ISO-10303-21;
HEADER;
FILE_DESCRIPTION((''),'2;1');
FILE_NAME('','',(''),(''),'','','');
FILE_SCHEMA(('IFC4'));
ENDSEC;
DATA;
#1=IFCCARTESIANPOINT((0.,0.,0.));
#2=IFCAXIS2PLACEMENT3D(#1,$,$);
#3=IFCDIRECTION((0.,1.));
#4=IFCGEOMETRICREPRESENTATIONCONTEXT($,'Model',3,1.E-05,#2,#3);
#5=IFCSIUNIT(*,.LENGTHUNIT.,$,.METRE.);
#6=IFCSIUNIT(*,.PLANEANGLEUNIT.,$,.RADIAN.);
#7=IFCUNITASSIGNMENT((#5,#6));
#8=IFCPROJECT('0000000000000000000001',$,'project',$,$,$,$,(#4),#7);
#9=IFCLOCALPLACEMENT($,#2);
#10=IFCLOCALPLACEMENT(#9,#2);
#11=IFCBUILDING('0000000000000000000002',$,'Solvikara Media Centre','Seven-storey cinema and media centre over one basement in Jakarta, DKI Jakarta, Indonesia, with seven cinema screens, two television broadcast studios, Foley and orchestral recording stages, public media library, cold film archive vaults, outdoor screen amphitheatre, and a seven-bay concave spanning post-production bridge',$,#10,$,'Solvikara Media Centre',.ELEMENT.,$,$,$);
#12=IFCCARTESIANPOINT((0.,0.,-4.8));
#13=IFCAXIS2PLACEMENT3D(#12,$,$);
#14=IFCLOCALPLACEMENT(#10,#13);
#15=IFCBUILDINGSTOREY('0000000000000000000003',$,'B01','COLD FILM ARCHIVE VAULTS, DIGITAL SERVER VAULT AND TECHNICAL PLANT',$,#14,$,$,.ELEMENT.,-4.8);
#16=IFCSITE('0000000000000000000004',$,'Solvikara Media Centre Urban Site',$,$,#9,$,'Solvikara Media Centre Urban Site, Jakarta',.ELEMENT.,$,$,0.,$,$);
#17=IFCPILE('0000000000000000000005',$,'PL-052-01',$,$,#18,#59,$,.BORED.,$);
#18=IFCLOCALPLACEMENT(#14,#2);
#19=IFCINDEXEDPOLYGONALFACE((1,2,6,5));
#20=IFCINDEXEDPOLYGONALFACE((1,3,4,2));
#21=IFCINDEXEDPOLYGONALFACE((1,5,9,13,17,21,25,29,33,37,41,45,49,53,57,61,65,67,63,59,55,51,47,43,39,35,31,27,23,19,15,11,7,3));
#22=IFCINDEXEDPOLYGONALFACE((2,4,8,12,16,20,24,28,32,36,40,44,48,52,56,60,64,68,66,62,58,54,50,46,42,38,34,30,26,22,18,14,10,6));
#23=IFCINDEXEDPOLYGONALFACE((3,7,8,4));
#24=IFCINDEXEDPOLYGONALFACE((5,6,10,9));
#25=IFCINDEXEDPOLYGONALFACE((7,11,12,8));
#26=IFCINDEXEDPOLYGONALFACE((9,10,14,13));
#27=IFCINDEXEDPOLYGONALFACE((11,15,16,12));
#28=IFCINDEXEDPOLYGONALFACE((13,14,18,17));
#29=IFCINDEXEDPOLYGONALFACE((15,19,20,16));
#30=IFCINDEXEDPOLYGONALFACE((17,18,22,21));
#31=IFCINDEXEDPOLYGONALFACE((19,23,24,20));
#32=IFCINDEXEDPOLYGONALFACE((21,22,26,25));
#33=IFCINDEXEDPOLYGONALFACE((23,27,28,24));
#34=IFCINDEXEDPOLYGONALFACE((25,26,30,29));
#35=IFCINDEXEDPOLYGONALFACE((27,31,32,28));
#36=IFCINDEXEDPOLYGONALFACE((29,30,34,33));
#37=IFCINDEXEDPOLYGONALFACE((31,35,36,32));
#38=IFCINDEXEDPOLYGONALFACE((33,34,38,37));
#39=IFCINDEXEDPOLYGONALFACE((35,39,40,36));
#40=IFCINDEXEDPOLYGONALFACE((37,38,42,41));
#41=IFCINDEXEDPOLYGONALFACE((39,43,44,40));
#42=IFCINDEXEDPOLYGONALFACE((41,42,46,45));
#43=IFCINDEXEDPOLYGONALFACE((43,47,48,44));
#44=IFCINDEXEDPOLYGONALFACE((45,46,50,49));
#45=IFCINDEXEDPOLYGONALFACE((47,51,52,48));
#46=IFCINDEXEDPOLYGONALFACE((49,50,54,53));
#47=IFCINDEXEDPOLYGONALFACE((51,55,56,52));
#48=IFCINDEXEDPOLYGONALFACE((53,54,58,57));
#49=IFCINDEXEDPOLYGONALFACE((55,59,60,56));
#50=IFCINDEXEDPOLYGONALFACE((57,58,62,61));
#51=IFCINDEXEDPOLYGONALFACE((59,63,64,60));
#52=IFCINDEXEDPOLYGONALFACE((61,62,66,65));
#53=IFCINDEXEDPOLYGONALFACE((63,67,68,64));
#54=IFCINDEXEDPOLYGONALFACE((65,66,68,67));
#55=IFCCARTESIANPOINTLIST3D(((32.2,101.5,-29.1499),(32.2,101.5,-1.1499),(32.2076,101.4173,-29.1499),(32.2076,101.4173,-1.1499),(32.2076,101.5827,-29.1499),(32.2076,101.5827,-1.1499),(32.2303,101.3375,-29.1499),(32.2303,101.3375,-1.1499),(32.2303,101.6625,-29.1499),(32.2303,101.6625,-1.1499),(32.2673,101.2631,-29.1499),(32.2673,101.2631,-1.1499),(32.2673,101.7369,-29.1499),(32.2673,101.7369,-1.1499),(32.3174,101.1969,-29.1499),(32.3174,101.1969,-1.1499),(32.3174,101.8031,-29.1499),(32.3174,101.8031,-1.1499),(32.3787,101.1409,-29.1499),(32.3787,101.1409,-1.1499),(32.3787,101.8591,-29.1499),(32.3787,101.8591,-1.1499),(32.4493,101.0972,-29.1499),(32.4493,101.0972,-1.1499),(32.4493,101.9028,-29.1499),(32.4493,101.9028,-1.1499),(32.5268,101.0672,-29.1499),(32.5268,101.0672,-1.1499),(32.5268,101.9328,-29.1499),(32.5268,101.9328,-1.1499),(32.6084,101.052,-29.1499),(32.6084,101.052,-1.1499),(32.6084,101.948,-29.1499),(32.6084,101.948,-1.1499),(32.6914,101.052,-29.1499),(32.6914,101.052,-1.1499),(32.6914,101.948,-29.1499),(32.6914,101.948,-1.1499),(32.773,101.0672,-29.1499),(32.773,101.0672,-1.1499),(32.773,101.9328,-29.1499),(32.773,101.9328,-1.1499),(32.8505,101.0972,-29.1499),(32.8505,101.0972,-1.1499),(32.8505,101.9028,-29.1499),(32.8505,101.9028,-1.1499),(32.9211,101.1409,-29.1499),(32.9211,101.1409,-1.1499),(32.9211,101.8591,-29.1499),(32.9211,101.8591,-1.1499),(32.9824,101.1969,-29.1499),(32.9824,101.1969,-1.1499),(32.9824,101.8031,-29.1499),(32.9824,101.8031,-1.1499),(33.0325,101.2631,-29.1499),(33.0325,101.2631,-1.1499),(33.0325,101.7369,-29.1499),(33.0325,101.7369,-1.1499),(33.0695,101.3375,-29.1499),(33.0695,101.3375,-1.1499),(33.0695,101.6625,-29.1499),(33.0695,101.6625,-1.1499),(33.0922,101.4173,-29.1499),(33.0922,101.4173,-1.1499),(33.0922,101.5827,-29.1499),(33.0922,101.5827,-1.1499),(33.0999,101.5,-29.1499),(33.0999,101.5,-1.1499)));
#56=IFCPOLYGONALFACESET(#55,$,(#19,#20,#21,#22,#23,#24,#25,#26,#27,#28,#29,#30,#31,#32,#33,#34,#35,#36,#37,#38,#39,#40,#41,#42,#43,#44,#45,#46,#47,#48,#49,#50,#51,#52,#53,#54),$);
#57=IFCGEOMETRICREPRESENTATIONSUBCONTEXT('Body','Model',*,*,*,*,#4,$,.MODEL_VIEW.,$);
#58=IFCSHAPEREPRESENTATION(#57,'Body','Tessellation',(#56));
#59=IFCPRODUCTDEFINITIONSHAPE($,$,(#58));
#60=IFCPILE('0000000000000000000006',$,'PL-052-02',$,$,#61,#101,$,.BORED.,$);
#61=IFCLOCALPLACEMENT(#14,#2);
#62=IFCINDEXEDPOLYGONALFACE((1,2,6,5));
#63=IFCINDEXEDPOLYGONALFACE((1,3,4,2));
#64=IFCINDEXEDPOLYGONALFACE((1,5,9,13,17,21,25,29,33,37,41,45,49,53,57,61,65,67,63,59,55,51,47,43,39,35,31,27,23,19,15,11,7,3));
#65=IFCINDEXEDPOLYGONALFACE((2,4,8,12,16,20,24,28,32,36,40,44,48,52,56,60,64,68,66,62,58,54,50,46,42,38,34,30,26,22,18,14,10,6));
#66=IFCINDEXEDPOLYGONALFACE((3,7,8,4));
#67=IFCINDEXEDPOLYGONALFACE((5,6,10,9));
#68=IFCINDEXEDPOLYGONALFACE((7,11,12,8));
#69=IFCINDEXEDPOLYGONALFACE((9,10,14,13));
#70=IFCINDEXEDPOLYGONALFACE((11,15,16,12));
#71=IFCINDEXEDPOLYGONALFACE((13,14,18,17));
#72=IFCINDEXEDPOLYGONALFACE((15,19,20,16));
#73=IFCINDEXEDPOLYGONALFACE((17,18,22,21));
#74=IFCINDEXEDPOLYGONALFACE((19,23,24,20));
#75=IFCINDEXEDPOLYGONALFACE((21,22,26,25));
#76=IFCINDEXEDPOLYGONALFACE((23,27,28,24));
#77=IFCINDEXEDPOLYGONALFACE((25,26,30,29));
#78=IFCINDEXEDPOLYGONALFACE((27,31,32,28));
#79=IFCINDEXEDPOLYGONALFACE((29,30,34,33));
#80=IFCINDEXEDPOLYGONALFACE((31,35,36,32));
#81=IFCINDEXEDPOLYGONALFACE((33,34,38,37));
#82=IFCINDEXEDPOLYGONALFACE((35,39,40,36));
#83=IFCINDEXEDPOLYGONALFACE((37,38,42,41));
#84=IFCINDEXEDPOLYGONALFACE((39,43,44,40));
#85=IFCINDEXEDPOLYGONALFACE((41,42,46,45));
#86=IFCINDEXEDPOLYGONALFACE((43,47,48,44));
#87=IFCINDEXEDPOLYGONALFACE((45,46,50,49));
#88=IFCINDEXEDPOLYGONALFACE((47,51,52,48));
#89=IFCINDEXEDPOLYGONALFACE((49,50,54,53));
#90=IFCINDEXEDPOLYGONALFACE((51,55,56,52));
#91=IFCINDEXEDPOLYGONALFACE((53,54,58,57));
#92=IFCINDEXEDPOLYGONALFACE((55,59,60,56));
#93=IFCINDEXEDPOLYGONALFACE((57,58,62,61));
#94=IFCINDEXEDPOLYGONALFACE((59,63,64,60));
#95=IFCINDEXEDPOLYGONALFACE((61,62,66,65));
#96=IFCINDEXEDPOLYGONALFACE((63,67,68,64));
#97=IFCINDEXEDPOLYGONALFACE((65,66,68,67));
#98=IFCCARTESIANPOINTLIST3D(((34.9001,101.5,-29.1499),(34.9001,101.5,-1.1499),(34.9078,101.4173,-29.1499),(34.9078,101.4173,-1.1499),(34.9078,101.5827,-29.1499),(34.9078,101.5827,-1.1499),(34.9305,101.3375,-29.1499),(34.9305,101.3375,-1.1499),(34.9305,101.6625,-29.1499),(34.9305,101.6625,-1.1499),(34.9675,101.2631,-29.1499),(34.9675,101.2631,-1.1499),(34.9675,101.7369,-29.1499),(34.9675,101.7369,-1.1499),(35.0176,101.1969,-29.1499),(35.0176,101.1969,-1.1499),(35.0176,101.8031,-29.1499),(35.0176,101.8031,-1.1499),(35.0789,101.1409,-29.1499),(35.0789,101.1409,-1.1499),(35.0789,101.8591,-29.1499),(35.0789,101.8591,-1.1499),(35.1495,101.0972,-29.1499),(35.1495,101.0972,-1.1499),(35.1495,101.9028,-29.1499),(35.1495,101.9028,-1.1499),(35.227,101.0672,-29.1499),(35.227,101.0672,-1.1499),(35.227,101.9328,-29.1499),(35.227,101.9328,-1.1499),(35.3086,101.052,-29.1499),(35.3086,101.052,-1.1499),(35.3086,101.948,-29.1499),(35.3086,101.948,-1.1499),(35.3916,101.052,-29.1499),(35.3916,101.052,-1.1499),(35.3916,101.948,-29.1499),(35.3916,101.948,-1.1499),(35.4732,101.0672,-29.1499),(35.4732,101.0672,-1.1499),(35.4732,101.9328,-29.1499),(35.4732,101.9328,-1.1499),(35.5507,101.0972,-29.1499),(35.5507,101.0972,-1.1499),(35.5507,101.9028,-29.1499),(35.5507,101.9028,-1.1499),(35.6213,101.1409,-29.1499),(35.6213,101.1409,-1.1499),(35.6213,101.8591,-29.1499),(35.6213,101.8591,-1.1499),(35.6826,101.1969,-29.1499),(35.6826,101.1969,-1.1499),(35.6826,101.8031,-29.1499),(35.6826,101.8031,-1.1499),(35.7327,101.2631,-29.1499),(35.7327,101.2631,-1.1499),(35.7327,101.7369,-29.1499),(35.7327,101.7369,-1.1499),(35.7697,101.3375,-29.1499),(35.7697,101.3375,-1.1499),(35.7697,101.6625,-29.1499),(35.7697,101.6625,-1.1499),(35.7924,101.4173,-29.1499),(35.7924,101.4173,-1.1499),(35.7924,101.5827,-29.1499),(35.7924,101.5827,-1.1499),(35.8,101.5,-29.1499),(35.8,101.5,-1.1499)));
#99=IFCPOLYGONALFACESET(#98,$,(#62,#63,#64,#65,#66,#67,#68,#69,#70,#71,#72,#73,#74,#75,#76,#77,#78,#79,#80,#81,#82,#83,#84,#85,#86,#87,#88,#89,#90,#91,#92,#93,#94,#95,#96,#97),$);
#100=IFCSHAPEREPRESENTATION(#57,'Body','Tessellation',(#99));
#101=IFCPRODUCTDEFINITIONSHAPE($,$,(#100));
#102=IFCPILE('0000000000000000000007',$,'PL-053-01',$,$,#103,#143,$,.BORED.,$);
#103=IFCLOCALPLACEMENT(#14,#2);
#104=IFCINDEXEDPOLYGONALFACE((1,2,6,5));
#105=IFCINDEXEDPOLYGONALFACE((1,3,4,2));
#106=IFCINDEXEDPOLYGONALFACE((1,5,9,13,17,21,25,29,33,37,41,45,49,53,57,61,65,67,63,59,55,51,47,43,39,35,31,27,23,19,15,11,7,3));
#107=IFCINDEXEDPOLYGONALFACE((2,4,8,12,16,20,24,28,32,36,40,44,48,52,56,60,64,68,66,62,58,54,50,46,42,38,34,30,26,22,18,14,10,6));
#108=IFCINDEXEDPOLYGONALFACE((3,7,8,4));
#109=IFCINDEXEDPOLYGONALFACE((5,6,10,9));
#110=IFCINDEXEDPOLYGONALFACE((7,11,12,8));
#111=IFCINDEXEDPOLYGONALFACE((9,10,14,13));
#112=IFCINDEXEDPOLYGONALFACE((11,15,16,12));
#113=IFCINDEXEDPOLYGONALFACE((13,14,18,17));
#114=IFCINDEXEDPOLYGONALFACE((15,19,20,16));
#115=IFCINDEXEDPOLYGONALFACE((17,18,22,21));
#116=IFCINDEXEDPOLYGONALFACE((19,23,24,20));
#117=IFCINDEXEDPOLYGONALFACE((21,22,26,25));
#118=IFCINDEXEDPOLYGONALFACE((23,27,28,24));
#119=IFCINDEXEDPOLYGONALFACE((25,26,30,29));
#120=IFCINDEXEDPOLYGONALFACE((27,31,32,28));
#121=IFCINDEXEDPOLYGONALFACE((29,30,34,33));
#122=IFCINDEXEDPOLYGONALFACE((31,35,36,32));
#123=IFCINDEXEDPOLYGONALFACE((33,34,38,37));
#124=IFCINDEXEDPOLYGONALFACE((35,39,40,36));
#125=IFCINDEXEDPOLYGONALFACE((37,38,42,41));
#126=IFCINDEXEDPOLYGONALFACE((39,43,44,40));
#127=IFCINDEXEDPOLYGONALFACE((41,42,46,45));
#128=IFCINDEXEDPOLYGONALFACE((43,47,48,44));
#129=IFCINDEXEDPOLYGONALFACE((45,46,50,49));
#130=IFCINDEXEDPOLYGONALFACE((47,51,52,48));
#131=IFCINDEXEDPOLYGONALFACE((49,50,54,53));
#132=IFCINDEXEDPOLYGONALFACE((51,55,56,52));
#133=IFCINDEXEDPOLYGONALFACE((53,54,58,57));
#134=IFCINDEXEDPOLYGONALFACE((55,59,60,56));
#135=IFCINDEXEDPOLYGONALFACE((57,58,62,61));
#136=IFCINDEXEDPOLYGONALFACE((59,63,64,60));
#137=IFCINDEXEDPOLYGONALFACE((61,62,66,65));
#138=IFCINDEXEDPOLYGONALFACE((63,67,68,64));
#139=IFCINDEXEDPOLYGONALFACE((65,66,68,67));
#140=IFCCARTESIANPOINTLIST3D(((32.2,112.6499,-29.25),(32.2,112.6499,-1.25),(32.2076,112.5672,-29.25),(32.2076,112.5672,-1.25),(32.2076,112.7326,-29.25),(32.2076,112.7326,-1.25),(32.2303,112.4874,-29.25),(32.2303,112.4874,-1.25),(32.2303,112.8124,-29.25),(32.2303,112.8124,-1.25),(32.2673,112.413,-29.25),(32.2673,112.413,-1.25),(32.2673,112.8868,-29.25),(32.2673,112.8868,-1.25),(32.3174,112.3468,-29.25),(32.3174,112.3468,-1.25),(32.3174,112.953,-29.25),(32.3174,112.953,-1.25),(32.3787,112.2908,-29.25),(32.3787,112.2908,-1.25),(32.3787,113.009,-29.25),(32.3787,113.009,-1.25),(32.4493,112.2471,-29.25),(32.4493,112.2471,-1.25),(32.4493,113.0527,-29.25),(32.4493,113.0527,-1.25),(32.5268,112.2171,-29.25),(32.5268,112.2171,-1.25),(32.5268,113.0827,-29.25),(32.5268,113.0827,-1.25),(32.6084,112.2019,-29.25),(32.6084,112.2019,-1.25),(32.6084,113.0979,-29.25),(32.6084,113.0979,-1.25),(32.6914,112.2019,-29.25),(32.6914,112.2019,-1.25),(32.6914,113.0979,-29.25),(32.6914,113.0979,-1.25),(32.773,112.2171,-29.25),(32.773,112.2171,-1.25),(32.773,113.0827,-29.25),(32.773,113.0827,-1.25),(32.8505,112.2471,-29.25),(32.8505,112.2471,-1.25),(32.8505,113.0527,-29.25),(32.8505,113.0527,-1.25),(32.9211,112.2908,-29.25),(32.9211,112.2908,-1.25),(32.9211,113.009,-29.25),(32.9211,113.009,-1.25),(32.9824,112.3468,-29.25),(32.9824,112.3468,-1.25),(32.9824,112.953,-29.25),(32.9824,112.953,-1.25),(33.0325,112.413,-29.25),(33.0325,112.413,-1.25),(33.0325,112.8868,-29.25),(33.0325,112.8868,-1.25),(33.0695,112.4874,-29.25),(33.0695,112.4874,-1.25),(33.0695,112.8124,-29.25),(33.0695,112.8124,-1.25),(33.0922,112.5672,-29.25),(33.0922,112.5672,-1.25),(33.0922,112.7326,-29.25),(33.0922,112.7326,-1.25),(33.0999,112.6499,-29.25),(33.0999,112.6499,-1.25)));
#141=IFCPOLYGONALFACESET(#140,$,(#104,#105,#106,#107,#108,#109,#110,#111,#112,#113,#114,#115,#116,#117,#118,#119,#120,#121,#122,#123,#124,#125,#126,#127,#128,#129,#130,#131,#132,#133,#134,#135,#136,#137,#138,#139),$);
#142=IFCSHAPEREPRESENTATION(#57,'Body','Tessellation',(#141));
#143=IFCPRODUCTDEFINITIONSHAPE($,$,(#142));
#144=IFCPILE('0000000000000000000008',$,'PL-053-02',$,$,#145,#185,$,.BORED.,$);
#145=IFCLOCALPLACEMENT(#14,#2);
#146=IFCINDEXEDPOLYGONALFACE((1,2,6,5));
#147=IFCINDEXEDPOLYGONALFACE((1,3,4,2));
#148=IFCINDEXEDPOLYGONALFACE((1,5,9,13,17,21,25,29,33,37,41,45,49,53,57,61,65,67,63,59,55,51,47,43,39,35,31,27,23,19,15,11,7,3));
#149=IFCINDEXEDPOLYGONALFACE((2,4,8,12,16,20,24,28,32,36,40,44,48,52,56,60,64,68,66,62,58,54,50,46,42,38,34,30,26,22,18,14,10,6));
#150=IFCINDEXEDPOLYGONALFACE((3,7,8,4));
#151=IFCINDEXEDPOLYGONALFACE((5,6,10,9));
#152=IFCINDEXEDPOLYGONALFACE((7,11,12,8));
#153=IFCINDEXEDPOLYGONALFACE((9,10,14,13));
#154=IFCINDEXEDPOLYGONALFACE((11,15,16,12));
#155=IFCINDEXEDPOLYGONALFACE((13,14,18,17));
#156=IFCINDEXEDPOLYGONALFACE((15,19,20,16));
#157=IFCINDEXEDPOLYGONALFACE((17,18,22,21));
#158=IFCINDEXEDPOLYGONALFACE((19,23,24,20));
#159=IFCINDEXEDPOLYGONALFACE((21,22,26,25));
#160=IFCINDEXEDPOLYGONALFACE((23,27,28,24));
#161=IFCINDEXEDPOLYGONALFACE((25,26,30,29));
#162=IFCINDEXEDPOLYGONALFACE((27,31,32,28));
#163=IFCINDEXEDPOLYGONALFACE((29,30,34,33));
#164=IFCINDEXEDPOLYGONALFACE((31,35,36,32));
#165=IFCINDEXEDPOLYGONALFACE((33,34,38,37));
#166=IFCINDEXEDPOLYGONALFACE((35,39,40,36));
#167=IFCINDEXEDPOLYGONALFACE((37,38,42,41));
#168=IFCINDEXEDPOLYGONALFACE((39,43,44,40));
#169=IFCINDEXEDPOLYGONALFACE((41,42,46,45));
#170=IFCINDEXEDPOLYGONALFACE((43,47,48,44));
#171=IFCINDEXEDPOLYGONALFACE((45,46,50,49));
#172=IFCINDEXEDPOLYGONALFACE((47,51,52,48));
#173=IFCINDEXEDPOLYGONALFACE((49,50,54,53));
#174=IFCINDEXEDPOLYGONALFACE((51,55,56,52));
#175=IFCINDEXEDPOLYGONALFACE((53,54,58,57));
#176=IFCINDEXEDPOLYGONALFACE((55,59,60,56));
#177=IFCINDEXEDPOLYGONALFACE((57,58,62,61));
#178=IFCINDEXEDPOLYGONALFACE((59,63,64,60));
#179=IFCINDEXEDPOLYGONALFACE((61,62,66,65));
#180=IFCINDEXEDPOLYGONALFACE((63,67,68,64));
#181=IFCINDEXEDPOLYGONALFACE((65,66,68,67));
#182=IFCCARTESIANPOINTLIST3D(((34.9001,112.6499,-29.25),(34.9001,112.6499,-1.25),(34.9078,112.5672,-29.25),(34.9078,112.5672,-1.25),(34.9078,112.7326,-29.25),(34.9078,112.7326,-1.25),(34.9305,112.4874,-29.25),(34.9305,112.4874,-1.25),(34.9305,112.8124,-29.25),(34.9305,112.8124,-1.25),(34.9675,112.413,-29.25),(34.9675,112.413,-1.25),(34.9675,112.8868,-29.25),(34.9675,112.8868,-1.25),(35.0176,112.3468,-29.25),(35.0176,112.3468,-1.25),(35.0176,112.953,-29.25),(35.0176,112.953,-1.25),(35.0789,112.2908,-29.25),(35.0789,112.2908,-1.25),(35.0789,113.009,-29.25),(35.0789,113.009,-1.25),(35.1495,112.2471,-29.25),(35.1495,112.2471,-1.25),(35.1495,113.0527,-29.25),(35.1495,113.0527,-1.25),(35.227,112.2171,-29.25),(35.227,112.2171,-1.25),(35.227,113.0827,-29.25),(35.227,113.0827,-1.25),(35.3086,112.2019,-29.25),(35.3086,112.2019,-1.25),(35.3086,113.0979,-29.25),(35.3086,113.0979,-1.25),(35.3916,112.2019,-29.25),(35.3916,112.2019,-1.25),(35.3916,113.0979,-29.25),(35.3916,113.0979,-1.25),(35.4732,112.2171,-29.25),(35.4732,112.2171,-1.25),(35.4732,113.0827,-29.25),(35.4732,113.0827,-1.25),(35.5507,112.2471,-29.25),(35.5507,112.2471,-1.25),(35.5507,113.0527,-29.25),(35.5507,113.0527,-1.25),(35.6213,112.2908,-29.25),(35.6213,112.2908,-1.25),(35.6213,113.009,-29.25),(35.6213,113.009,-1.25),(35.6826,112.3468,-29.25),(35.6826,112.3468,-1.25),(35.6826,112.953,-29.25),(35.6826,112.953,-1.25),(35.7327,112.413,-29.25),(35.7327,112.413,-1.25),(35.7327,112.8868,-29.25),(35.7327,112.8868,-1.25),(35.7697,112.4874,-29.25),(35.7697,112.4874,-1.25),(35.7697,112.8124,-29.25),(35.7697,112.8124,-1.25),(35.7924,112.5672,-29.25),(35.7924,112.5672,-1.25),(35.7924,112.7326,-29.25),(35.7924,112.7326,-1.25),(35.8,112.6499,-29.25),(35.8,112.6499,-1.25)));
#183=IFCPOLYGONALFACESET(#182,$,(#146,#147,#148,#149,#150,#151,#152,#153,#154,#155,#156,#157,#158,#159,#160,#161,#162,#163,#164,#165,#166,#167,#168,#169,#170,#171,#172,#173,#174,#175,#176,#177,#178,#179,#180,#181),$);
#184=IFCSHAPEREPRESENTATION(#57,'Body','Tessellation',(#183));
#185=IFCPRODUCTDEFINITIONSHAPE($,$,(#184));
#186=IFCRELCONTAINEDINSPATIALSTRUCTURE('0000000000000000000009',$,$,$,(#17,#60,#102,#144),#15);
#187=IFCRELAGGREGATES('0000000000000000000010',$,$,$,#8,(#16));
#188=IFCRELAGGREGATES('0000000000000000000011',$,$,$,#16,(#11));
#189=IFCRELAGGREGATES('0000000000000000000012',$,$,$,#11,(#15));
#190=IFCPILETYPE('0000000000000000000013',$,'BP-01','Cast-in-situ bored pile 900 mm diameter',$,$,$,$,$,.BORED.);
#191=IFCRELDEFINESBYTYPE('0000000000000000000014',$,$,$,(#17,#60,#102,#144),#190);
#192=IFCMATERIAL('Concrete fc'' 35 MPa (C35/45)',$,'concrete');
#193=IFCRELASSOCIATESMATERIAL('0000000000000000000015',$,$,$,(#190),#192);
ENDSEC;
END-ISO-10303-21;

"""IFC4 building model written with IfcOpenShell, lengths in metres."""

from ifc_helpers import new_model, si_unit, direction, frame, origin, origin_2d, place, context, subcontext, project, spatial, circle, extrude, material, material_profile, profile_set, type_object, element, save


model = new_model("IFC4")

# Units and contexts
model_context = context("Model", 3, precision=1e-05, world=origin(), true_north=direction((0.0, 1.0)))
body_context = subcontext(model_context, "Body", "Model", "MODEL_VIEW")
ifc_project = project(units=[si_unit("LENGTHUNIT", "METRE"), si_unit("PLANEANGLEUNIT", "RADIAN")], contexts=[model_context])

# Site, building, storey
site_placement = place(None, origin())
site = spatial("IfcSite", under=ifc_project, at=site_placement, Name="Solvikara Media Centre Urban Site", LongName="Solvikara Media Centre Urban Site, Jakarta", CompositionType="ELEMENT", RefElevation=0.0)
building_placement = place(site_placement, origin())
building = spatial("IfcBuilding", under=site, at=building_placement, Name="Solvikara Media Centre", Description="Seven-storey cinema and media centre over one basement in Jakarta, DKI Jakarta, Indonesia, with seven cinema screens, two television broadcast studios, Foley and orchestral recording stages, public media library, cold film archive vaults, outdoor screen amphitheatre, and a seven-bay concave spanning post-production bridge", LongName="Solvikara Media Centre", CompositionType="ELEMENT")
storey_placement = place(building_placement, frame((0.0, 0.0, -4.8)))
storey = spatial("IfcBuildingStorey", under=building, at=storey_placement, Name="B01", Description="COLD FILM ARCHIVE VAULTS, DIGITAL SERVER VAULT AND TECHNICAL PLANT", CompositionType="ELEMENT", Elevation=-4.8)

# Piles
ifc_material_1 = material(Name="Concrete fc' 35 MPa (C35/45)", Category="concrete")
ifc_material_profile_1 = material_profile(ifc_material_1, circle(Radius=0.45, at=origin_2d()), Name="BORED PILE D900")
ifc_profile_set_1 = profile_set([ifc_material_profile_1], Name="Concrete fc' 35 MPa (C35/45)")
pile_type = type_object("IfcPileType", Name="BP-01", Description="Cast-in-situ bored pile 900 mm diameter", PredefinedType="BORED", material=ifc_profile_set_1)
for number, where, z_axis, x_axis, name in (
    (1, (32.6499, 101.5, -1.1499), (0.0, 0.0, -1.0), (1.0, 0.0, 0.0), "PL-052-01"),
    (2, (35.3501, 101.5, -1.1499), (0.0, 0.0, -1.0), (1.0, 0.0, 0.0), "PL-052-02"),
    (3, (32.6499, 112.6499, -1.25), (0.0, 0.0, -1.0), (1.0, 0.0, 0.0), "PL-053-01"),
    (4, (35.3501, 112.6499, -1.25), (0.0, 0.0, -1.0), (1.0, 0.0, 0.0), "PL-053-02"),
):
    element("IfcPile", number, at=place(storey_placement, frame(where, z_axis=z_axis, x_axis=x_axis)), inside=storey, type_object=pile_type, Name=name, PredefinedType="BORED", context=body_context, shape_type="SweptSolid", body=[
        extrude(circle(Radius=0.45, at=origin_2d()), origin(), (0.0, 0.0, 1.0), 28.0),
    ])

save(model, "model.ifc")
